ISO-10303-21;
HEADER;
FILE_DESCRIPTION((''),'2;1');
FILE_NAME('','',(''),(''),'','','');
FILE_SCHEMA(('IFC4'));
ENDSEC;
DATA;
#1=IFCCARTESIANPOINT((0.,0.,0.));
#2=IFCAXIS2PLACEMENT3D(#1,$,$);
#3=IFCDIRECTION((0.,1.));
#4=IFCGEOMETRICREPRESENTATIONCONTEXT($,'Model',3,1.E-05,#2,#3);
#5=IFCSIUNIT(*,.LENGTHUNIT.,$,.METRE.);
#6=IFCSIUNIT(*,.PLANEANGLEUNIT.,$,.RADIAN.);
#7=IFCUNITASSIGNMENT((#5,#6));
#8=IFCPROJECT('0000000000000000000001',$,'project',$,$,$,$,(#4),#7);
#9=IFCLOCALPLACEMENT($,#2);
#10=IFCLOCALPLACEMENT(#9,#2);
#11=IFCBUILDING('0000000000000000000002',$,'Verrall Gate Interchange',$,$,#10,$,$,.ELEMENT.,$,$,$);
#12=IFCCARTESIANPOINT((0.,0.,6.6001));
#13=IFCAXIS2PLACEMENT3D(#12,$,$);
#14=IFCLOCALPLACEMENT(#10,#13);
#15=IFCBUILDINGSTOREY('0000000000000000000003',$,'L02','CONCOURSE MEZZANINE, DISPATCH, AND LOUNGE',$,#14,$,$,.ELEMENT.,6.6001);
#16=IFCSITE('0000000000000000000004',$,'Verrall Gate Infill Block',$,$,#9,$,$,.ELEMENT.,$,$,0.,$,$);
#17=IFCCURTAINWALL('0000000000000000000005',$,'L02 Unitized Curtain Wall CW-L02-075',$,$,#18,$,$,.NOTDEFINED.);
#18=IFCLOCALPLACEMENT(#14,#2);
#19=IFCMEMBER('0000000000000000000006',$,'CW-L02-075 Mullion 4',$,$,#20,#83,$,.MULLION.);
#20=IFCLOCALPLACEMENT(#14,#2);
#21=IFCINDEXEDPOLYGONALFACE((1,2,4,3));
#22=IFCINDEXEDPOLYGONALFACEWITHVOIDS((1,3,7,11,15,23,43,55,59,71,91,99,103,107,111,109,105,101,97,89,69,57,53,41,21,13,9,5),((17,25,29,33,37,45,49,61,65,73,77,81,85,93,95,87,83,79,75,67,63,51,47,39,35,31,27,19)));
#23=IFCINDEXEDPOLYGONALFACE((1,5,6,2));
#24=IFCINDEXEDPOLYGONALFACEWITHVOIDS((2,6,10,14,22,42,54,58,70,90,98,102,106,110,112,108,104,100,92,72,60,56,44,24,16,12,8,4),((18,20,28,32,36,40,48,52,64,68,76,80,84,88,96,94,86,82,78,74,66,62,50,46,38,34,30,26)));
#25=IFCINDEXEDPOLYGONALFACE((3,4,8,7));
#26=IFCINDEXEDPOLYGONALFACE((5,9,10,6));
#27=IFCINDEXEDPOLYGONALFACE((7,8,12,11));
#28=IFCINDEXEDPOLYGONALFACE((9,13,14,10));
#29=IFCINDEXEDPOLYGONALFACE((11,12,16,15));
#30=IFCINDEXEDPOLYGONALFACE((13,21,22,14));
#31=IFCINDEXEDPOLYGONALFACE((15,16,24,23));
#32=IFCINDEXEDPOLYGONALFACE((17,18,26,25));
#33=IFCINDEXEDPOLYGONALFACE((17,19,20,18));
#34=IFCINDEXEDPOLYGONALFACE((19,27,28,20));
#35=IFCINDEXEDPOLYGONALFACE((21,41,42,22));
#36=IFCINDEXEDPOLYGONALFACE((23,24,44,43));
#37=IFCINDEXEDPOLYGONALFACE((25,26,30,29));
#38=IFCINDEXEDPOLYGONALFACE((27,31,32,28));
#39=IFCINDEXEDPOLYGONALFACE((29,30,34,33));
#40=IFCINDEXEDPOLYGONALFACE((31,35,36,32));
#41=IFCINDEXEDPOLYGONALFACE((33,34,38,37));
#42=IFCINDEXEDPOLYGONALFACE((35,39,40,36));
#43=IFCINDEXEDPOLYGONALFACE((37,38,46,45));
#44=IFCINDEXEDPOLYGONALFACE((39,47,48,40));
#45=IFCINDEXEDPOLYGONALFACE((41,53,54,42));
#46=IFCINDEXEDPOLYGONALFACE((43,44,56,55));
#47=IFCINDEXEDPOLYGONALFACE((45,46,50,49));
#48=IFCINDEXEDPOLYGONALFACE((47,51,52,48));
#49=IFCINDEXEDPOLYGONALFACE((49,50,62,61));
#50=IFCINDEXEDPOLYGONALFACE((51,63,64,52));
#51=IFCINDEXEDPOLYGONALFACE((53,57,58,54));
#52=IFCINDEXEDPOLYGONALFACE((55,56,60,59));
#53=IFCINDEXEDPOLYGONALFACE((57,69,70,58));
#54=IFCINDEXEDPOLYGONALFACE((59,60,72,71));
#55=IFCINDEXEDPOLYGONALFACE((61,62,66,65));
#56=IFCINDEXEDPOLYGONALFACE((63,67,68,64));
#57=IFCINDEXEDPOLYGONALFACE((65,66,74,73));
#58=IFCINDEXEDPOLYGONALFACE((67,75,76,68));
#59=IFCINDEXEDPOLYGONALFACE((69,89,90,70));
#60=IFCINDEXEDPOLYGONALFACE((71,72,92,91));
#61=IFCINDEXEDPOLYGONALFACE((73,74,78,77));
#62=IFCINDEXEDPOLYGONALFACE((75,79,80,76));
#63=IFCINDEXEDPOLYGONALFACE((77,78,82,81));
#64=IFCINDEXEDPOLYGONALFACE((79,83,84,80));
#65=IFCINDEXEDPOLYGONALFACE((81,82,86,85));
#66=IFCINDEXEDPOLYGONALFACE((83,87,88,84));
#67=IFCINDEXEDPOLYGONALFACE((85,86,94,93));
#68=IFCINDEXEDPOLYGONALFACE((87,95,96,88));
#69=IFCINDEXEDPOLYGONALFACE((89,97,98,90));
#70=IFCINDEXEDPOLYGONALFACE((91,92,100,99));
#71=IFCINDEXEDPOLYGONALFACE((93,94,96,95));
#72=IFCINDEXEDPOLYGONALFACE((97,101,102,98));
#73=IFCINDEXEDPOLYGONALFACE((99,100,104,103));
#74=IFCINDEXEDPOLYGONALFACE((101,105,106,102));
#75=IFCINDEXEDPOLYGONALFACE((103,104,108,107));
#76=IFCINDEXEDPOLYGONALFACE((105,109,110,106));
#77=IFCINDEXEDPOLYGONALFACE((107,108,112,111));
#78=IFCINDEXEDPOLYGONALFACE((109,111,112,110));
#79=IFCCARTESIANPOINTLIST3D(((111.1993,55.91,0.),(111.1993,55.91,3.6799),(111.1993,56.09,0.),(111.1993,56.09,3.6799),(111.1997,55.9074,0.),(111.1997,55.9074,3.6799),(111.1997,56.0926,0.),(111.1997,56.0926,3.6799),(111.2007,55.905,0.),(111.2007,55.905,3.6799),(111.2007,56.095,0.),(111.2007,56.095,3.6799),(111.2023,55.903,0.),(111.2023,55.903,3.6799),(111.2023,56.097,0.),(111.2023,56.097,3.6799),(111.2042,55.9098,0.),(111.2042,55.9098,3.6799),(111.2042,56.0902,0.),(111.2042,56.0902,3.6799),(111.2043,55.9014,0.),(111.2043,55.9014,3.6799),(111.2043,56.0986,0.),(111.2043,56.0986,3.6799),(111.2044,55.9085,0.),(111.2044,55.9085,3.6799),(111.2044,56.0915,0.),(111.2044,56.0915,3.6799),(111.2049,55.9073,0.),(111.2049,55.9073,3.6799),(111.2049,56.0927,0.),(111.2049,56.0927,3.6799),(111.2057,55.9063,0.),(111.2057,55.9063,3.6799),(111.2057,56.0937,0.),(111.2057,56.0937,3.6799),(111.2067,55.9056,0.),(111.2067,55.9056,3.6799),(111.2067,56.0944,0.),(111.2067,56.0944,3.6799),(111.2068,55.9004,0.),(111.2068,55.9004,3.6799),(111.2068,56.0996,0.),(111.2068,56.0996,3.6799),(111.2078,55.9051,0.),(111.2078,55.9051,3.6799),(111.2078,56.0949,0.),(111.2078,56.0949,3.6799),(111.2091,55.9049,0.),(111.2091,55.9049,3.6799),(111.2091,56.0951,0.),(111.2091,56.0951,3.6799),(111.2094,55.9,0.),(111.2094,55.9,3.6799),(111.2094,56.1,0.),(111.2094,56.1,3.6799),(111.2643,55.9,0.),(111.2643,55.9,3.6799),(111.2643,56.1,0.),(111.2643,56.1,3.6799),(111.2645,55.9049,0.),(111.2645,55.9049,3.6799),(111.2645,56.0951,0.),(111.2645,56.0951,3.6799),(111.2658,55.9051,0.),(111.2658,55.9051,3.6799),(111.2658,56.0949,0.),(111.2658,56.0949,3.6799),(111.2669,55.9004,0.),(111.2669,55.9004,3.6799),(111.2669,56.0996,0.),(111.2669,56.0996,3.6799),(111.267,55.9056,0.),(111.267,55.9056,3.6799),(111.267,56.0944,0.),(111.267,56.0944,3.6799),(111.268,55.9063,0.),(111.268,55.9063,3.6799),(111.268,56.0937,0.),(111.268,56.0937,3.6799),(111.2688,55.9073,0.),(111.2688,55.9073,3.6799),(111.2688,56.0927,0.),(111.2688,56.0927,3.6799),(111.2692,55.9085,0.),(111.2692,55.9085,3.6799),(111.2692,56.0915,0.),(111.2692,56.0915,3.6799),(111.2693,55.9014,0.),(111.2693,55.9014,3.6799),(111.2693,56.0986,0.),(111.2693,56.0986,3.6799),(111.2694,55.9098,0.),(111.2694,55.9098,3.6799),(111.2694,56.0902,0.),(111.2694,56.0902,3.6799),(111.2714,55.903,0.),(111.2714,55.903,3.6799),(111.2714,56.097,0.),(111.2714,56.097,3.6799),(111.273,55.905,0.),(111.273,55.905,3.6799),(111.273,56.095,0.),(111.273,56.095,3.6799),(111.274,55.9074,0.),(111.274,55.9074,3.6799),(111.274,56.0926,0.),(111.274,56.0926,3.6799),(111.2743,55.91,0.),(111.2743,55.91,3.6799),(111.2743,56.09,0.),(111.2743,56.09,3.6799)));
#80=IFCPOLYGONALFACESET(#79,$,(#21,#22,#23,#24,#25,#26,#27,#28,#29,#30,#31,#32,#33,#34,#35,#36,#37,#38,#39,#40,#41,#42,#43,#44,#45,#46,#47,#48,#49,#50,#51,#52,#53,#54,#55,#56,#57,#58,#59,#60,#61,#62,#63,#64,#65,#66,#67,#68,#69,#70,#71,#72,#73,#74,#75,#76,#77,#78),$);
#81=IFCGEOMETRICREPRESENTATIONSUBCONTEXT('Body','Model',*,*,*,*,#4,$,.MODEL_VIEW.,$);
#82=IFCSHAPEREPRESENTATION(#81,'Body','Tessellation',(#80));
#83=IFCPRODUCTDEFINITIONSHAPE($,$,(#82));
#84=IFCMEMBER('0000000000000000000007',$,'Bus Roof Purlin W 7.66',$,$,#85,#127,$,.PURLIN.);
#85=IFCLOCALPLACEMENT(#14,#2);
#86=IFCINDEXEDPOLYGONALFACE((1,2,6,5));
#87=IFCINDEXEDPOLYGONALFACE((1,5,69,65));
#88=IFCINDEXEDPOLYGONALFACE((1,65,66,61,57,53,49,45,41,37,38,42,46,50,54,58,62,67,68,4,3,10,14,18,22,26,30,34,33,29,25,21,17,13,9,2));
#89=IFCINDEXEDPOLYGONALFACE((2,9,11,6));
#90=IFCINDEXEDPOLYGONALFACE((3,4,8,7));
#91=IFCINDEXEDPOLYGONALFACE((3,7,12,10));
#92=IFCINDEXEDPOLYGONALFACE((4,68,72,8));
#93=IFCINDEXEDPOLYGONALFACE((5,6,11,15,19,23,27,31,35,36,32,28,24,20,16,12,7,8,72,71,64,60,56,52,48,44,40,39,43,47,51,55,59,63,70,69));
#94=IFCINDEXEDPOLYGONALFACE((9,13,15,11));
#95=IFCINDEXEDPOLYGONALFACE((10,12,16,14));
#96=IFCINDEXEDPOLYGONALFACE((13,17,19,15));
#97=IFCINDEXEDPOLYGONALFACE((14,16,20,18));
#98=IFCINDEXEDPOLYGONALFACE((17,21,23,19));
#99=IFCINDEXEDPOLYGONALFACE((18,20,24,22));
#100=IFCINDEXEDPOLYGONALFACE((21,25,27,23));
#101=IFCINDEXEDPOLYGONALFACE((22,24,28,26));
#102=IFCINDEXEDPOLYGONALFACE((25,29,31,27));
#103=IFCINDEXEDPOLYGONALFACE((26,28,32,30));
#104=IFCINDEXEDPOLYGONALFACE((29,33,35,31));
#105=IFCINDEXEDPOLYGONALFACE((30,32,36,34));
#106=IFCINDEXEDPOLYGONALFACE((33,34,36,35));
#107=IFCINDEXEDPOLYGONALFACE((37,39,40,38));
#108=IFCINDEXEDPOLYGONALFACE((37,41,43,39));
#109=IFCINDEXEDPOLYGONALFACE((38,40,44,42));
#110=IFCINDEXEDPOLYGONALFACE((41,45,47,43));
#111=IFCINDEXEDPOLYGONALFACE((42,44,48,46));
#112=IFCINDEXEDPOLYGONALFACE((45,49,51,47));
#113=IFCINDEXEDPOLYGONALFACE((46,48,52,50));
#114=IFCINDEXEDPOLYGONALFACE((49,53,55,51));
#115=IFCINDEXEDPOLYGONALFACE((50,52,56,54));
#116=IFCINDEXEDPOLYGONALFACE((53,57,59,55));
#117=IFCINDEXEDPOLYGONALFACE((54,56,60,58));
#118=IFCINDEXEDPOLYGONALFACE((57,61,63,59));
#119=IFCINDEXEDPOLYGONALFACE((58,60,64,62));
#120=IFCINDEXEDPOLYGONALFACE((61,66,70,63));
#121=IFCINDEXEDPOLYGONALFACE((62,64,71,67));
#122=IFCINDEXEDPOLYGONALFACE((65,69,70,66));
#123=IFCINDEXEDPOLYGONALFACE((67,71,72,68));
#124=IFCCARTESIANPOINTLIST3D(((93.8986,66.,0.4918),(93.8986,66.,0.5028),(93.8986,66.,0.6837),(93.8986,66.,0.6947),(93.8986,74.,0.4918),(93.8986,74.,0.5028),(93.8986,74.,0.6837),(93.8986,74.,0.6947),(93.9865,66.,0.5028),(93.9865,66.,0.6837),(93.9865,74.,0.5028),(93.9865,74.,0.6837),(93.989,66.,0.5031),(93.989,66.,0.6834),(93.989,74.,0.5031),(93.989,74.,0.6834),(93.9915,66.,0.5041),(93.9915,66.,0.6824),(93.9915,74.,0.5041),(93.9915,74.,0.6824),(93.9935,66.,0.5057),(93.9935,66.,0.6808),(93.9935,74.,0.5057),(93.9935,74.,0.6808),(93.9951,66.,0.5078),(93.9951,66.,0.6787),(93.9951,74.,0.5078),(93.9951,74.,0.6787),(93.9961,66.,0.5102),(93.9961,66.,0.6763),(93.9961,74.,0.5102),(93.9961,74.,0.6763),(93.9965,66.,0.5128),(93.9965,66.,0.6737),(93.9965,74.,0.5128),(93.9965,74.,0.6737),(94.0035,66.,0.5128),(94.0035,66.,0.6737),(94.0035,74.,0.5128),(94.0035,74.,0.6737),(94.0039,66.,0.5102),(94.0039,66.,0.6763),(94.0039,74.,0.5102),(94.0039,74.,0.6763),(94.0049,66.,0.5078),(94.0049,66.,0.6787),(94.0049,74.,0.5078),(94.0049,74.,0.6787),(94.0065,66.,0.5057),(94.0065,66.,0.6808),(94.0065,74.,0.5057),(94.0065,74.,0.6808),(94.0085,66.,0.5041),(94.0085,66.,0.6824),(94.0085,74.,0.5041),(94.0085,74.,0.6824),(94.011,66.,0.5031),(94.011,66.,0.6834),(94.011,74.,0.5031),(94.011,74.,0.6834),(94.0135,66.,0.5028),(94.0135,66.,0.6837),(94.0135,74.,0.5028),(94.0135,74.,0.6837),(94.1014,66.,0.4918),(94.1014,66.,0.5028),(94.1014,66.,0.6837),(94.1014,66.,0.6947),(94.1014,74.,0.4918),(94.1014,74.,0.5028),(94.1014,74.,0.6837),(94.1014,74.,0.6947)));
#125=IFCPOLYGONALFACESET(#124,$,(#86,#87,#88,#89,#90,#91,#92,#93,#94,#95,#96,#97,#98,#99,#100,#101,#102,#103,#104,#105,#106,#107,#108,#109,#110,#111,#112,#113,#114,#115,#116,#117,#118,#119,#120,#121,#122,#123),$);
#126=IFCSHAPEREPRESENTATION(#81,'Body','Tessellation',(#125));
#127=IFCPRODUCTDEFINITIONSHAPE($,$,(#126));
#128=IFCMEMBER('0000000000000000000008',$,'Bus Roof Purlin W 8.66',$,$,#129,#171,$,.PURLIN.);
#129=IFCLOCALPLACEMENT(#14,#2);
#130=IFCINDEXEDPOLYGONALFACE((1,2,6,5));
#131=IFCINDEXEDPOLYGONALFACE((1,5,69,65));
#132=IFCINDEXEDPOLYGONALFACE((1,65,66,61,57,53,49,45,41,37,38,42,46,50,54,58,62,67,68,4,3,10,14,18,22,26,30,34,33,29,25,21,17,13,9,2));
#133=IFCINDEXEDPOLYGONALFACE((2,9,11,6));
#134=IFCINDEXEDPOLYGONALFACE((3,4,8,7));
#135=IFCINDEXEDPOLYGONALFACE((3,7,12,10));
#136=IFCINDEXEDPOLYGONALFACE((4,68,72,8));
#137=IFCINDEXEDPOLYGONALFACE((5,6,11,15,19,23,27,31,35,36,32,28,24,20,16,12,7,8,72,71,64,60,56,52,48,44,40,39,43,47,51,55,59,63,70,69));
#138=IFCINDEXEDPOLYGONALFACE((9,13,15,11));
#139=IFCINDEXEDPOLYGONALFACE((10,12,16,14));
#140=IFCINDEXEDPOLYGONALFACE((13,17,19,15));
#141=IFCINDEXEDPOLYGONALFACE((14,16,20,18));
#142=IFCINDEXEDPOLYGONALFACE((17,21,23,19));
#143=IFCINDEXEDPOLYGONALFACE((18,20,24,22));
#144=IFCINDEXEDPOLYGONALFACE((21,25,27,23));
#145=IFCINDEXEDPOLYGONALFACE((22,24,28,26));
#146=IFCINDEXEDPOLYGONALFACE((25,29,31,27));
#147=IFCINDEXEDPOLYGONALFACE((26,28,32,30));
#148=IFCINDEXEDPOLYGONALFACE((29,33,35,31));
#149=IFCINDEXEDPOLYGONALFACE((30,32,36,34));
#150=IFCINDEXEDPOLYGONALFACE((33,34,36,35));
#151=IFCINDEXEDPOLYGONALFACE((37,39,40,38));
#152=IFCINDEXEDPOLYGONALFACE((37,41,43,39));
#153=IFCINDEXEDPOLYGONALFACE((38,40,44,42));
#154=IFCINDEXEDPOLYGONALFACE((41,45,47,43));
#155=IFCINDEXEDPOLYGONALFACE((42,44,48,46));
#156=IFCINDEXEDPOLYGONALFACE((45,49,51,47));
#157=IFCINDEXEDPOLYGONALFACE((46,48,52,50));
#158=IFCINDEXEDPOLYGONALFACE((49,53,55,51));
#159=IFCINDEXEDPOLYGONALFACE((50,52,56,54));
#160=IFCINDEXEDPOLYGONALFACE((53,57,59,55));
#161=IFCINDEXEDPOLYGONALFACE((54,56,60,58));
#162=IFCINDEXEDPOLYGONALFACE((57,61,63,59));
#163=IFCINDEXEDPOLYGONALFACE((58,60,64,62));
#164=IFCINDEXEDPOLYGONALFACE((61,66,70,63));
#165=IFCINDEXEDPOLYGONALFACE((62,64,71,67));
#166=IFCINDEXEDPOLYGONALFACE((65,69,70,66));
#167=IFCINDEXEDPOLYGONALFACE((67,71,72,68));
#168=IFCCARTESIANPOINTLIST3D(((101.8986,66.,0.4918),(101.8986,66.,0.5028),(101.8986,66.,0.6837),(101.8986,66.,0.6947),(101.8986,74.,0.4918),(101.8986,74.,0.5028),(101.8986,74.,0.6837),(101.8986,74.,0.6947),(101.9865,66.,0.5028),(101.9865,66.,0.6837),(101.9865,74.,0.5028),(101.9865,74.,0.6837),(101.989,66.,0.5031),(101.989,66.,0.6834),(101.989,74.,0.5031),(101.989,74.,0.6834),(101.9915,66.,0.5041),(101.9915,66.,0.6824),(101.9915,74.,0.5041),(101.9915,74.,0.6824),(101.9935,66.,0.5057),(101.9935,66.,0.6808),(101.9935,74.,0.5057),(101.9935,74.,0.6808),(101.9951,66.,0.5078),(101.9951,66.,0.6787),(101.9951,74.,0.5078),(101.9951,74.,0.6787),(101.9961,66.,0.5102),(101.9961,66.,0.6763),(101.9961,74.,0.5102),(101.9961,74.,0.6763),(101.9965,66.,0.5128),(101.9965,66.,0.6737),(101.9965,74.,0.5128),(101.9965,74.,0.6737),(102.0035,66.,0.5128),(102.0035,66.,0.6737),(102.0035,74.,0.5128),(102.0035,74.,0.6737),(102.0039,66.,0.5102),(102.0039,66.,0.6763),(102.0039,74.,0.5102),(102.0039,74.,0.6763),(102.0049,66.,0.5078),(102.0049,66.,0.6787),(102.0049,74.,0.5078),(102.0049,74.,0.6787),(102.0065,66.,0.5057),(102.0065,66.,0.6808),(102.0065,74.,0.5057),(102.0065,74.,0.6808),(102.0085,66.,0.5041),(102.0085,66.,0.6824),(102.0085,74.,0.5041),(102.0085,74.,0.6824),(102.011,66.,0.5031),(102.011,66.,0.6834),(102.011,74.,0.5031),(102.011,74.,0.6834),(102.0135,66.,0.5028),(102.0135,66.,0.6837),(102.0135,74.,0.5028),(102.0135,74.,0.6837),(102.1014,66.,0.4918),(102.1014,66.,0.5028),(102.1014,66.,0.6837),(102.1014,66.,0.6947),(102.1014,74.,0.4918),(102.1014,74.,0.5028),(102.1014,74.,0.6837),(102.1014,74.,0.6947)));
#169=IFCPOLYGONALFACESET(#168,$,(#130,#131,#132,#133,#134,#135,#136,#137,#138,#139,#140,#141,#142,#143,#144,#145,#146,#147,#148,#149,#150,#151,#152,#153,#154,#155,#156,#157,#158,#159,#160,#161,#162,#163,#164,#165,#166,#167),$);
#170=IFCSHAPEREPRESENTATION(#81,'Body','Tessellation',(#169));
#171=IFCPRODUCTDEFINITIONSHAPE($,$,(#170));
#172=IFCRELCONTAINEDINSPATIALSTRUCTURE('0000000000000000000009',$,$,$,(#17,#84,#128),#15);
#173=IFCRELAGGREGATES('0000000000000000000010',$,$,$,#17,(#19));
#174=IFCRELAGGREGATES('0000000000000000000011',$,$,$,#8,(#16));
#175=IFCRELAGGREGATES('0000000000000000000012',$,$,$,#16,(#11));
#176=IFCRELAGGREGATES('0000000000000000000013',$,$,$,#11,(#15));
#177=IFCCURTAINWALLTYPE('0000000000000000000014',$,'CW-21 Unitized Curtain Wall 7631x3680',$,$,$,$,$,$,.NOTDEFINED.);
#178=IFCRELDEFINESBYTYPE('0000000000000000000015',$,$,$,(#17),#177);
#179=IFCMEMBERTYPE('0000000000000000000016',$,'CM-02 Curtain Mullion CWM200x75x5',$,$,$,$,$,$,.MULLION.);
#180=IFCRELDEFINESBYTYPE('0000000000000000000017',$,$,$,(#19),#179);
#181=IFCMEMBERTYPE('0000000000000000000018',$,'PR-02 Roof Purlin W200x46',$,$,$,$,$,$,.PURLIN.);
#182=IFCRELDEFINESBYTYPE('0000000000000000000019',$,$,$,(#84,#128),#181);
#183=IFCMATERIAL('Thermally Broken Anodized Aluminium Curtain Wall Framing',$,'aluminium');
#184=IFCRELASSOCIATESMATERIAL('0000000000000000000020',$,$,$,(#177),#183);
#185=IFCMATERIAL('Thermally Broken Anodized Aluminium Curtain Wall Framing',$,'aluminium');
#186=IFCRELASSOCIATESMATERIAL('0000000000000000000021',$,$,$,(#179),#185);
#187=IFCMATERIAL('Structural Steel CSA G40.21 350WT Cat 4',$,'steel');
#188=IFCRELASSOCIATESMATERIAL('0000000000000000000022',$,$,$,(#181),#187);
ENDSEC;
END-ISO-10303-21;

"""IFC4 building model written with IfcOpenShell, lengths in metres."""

from ifc_helpers import new_model, si_unit, direction, frame, origin, origin_2d, place, context, subcontext, project, spatial, hollow_rectangle, i_section, extrude, material, material_profile, profile_set, type_object, element, aggregate, save


model = new_model("IFC4")

# Units and contexts
model_context = context("Model", 3, precision=1e-05, world=origin(), true_north=direction((0.0, 1.0)))
body_context = subcontext(model_context, "Body", "Model", "MODEL_VIEW")
ifc_project = project(units=[si_unit("LENGTHUNIT", "METRE"), si_unit("PLANEANGLEUNIT", "RADIAN")], contexts=[model_context])

# Site, building, storey
site_placement = place(None, origin())
site = spatial("IfcSite", under=ifc_project, at=site_placement, Name="Verrall Gate Infill Block", CompositionType="ELEMENT", RefElevation=0.0)
building_placement = place(site_placement, origin())
building = spatial("IfcBuilding", under=site, at=building_placement, Name="Verrall Gate Interchange", CompositionType="ELEMENT")
storey_placement = place(building_placement, frame((0.0, 0.0, 6.6001)))
storey = spatial("IfcBuildingStorey", under=building, at=storey_placement, Name="L02", Description="CONCOURSE MEZZANINE, DISPATCH, AND LOUNGE", CompositionType="ELEMENT", Elevation=6.6001)

# Curtain wall, member
ifc_material_1 = material(Name="Thermally Broken Anodized Aluminium Curtain Wall Framing", Category="aluminium")
curtain_wall_type = type_object("IfcCurtainWallType", Name="CW-21 Unitized Curtain Wall 7631x3680", PredefinedType="NOTDEFINED", material=ifc_material_1)
curtain_wall_placement = place(storey_placement, origin())
curtain_wall = element("IfcCurtainWall", 1, at=curtain_wall_placement, inside=storey, type_object=curtain_wall_type, Name="L02 Unitized Curtain Wall CW-L02-075", PredefinedType="NOTDEFINED")
ifc_material_2 = material(Name="Thermally Broken Anodized Aluminium Curtain Wall Framing", Category="aluminium")
ifc_material_profile_1 = material_profile(ifc_material_2, hollow_rectangle(XDim=0.075, YDim=0.2, WallThickness=0.0049, InnerFilletRadius=0.0049, OuterFilletRadius=0.01, at=origin_2d()), Name="CWM200x75x5")
ifc_profile_set_1 = profile_set([ifc_material_profile_1], Name="Thermally Broken Anodized Aluminium Curtain Wall Framing")
member_type_1 = type_object("IfcMemberType", Name="CM-02 Curtain Mullion CWM200x75x5", PredefinedType="MULLION", material=ifc_profile_set_1)
member_1_placement = place(storey_placement, frame((111.2368, 56.0, 0.0), z_axis=(0.0, 0.0, 1.0), x_axis=(-1.0, 0.0, 0.0)))
member_1 = element("IfcMember", 2, at=member_1_placement, type_object=member_type_1, Name="CW-L02-075 Mullion 4", PredefinedType="MULLION", context=body_context, shape_type="SweptSolid", body=[
    extrude(hollow_rectangle(XDim=0.075, YDim=0.2, WallThickness=0.0049, InnerFilletRadius=0.0049, OuterFilletRadius=0.01, at=origin_2d()), origin(), (0.0, 0.0, 1.0), 3.6799),
])

# Members
ifc_material_3 = material(Name="Structural Steel CSA G40.21 350WT Cat 4", Category="steel")
ifc_material_profile_2 = material_profile(ifc_material_3, i_section(OverallWidth=0.2029, OverallDepth=0.2029, WebThickness=0.0071, FlangeThickness=0.011, FilletRadius=0.01, at=origin_2d()), Name="W200x46")
ifc_profile_set_2 = profile_set([ifc_material_profile_2], Name="Structural Steel CSA G40.21 350WT Cat 4")
member_type_2 = type_object("IfcMemberType", Name="PR-02 Roof Purlin W200x46", PredefinedType="PURLIN", material=ifc_profile_set_2)
for number, where, z_axis, x_axis, name in (
    (3, (94.0, 66.0, 0.5933), (0.0, 1.0, 0.0), (-1.0, 0.0, 0.0), "Bus Roof Purlin W 7.66"),
    (4, (102.0, 66.0, 0.5933), (0.0, 1.0, 0.0), (-1.0, 0.0, 0.0), "Bus Roof Purlin W 8.66"),
):
    element("IfcMember", number, at=place(storey_placement, frame(where, z_axis=z_axis, x_axis=x_axis)), inside=storey, type_object=member_type_2, Name=name, PredefinedType="PURLIN", context=body_context, shape_type="SweptSolid", body=[
        extrude(i_section(OverallWidth=0.2029, OverallDepth=0.2029, WebThickness=0.0071, FlangeThickness=0.011, FilletRadius=0.01, at=origin_2d()), origin(), (0.0, 0.0, 1.0), 8.0),
    ])

aggregate(curtain_wall, [member_1])

save(model, "model.ifc")
